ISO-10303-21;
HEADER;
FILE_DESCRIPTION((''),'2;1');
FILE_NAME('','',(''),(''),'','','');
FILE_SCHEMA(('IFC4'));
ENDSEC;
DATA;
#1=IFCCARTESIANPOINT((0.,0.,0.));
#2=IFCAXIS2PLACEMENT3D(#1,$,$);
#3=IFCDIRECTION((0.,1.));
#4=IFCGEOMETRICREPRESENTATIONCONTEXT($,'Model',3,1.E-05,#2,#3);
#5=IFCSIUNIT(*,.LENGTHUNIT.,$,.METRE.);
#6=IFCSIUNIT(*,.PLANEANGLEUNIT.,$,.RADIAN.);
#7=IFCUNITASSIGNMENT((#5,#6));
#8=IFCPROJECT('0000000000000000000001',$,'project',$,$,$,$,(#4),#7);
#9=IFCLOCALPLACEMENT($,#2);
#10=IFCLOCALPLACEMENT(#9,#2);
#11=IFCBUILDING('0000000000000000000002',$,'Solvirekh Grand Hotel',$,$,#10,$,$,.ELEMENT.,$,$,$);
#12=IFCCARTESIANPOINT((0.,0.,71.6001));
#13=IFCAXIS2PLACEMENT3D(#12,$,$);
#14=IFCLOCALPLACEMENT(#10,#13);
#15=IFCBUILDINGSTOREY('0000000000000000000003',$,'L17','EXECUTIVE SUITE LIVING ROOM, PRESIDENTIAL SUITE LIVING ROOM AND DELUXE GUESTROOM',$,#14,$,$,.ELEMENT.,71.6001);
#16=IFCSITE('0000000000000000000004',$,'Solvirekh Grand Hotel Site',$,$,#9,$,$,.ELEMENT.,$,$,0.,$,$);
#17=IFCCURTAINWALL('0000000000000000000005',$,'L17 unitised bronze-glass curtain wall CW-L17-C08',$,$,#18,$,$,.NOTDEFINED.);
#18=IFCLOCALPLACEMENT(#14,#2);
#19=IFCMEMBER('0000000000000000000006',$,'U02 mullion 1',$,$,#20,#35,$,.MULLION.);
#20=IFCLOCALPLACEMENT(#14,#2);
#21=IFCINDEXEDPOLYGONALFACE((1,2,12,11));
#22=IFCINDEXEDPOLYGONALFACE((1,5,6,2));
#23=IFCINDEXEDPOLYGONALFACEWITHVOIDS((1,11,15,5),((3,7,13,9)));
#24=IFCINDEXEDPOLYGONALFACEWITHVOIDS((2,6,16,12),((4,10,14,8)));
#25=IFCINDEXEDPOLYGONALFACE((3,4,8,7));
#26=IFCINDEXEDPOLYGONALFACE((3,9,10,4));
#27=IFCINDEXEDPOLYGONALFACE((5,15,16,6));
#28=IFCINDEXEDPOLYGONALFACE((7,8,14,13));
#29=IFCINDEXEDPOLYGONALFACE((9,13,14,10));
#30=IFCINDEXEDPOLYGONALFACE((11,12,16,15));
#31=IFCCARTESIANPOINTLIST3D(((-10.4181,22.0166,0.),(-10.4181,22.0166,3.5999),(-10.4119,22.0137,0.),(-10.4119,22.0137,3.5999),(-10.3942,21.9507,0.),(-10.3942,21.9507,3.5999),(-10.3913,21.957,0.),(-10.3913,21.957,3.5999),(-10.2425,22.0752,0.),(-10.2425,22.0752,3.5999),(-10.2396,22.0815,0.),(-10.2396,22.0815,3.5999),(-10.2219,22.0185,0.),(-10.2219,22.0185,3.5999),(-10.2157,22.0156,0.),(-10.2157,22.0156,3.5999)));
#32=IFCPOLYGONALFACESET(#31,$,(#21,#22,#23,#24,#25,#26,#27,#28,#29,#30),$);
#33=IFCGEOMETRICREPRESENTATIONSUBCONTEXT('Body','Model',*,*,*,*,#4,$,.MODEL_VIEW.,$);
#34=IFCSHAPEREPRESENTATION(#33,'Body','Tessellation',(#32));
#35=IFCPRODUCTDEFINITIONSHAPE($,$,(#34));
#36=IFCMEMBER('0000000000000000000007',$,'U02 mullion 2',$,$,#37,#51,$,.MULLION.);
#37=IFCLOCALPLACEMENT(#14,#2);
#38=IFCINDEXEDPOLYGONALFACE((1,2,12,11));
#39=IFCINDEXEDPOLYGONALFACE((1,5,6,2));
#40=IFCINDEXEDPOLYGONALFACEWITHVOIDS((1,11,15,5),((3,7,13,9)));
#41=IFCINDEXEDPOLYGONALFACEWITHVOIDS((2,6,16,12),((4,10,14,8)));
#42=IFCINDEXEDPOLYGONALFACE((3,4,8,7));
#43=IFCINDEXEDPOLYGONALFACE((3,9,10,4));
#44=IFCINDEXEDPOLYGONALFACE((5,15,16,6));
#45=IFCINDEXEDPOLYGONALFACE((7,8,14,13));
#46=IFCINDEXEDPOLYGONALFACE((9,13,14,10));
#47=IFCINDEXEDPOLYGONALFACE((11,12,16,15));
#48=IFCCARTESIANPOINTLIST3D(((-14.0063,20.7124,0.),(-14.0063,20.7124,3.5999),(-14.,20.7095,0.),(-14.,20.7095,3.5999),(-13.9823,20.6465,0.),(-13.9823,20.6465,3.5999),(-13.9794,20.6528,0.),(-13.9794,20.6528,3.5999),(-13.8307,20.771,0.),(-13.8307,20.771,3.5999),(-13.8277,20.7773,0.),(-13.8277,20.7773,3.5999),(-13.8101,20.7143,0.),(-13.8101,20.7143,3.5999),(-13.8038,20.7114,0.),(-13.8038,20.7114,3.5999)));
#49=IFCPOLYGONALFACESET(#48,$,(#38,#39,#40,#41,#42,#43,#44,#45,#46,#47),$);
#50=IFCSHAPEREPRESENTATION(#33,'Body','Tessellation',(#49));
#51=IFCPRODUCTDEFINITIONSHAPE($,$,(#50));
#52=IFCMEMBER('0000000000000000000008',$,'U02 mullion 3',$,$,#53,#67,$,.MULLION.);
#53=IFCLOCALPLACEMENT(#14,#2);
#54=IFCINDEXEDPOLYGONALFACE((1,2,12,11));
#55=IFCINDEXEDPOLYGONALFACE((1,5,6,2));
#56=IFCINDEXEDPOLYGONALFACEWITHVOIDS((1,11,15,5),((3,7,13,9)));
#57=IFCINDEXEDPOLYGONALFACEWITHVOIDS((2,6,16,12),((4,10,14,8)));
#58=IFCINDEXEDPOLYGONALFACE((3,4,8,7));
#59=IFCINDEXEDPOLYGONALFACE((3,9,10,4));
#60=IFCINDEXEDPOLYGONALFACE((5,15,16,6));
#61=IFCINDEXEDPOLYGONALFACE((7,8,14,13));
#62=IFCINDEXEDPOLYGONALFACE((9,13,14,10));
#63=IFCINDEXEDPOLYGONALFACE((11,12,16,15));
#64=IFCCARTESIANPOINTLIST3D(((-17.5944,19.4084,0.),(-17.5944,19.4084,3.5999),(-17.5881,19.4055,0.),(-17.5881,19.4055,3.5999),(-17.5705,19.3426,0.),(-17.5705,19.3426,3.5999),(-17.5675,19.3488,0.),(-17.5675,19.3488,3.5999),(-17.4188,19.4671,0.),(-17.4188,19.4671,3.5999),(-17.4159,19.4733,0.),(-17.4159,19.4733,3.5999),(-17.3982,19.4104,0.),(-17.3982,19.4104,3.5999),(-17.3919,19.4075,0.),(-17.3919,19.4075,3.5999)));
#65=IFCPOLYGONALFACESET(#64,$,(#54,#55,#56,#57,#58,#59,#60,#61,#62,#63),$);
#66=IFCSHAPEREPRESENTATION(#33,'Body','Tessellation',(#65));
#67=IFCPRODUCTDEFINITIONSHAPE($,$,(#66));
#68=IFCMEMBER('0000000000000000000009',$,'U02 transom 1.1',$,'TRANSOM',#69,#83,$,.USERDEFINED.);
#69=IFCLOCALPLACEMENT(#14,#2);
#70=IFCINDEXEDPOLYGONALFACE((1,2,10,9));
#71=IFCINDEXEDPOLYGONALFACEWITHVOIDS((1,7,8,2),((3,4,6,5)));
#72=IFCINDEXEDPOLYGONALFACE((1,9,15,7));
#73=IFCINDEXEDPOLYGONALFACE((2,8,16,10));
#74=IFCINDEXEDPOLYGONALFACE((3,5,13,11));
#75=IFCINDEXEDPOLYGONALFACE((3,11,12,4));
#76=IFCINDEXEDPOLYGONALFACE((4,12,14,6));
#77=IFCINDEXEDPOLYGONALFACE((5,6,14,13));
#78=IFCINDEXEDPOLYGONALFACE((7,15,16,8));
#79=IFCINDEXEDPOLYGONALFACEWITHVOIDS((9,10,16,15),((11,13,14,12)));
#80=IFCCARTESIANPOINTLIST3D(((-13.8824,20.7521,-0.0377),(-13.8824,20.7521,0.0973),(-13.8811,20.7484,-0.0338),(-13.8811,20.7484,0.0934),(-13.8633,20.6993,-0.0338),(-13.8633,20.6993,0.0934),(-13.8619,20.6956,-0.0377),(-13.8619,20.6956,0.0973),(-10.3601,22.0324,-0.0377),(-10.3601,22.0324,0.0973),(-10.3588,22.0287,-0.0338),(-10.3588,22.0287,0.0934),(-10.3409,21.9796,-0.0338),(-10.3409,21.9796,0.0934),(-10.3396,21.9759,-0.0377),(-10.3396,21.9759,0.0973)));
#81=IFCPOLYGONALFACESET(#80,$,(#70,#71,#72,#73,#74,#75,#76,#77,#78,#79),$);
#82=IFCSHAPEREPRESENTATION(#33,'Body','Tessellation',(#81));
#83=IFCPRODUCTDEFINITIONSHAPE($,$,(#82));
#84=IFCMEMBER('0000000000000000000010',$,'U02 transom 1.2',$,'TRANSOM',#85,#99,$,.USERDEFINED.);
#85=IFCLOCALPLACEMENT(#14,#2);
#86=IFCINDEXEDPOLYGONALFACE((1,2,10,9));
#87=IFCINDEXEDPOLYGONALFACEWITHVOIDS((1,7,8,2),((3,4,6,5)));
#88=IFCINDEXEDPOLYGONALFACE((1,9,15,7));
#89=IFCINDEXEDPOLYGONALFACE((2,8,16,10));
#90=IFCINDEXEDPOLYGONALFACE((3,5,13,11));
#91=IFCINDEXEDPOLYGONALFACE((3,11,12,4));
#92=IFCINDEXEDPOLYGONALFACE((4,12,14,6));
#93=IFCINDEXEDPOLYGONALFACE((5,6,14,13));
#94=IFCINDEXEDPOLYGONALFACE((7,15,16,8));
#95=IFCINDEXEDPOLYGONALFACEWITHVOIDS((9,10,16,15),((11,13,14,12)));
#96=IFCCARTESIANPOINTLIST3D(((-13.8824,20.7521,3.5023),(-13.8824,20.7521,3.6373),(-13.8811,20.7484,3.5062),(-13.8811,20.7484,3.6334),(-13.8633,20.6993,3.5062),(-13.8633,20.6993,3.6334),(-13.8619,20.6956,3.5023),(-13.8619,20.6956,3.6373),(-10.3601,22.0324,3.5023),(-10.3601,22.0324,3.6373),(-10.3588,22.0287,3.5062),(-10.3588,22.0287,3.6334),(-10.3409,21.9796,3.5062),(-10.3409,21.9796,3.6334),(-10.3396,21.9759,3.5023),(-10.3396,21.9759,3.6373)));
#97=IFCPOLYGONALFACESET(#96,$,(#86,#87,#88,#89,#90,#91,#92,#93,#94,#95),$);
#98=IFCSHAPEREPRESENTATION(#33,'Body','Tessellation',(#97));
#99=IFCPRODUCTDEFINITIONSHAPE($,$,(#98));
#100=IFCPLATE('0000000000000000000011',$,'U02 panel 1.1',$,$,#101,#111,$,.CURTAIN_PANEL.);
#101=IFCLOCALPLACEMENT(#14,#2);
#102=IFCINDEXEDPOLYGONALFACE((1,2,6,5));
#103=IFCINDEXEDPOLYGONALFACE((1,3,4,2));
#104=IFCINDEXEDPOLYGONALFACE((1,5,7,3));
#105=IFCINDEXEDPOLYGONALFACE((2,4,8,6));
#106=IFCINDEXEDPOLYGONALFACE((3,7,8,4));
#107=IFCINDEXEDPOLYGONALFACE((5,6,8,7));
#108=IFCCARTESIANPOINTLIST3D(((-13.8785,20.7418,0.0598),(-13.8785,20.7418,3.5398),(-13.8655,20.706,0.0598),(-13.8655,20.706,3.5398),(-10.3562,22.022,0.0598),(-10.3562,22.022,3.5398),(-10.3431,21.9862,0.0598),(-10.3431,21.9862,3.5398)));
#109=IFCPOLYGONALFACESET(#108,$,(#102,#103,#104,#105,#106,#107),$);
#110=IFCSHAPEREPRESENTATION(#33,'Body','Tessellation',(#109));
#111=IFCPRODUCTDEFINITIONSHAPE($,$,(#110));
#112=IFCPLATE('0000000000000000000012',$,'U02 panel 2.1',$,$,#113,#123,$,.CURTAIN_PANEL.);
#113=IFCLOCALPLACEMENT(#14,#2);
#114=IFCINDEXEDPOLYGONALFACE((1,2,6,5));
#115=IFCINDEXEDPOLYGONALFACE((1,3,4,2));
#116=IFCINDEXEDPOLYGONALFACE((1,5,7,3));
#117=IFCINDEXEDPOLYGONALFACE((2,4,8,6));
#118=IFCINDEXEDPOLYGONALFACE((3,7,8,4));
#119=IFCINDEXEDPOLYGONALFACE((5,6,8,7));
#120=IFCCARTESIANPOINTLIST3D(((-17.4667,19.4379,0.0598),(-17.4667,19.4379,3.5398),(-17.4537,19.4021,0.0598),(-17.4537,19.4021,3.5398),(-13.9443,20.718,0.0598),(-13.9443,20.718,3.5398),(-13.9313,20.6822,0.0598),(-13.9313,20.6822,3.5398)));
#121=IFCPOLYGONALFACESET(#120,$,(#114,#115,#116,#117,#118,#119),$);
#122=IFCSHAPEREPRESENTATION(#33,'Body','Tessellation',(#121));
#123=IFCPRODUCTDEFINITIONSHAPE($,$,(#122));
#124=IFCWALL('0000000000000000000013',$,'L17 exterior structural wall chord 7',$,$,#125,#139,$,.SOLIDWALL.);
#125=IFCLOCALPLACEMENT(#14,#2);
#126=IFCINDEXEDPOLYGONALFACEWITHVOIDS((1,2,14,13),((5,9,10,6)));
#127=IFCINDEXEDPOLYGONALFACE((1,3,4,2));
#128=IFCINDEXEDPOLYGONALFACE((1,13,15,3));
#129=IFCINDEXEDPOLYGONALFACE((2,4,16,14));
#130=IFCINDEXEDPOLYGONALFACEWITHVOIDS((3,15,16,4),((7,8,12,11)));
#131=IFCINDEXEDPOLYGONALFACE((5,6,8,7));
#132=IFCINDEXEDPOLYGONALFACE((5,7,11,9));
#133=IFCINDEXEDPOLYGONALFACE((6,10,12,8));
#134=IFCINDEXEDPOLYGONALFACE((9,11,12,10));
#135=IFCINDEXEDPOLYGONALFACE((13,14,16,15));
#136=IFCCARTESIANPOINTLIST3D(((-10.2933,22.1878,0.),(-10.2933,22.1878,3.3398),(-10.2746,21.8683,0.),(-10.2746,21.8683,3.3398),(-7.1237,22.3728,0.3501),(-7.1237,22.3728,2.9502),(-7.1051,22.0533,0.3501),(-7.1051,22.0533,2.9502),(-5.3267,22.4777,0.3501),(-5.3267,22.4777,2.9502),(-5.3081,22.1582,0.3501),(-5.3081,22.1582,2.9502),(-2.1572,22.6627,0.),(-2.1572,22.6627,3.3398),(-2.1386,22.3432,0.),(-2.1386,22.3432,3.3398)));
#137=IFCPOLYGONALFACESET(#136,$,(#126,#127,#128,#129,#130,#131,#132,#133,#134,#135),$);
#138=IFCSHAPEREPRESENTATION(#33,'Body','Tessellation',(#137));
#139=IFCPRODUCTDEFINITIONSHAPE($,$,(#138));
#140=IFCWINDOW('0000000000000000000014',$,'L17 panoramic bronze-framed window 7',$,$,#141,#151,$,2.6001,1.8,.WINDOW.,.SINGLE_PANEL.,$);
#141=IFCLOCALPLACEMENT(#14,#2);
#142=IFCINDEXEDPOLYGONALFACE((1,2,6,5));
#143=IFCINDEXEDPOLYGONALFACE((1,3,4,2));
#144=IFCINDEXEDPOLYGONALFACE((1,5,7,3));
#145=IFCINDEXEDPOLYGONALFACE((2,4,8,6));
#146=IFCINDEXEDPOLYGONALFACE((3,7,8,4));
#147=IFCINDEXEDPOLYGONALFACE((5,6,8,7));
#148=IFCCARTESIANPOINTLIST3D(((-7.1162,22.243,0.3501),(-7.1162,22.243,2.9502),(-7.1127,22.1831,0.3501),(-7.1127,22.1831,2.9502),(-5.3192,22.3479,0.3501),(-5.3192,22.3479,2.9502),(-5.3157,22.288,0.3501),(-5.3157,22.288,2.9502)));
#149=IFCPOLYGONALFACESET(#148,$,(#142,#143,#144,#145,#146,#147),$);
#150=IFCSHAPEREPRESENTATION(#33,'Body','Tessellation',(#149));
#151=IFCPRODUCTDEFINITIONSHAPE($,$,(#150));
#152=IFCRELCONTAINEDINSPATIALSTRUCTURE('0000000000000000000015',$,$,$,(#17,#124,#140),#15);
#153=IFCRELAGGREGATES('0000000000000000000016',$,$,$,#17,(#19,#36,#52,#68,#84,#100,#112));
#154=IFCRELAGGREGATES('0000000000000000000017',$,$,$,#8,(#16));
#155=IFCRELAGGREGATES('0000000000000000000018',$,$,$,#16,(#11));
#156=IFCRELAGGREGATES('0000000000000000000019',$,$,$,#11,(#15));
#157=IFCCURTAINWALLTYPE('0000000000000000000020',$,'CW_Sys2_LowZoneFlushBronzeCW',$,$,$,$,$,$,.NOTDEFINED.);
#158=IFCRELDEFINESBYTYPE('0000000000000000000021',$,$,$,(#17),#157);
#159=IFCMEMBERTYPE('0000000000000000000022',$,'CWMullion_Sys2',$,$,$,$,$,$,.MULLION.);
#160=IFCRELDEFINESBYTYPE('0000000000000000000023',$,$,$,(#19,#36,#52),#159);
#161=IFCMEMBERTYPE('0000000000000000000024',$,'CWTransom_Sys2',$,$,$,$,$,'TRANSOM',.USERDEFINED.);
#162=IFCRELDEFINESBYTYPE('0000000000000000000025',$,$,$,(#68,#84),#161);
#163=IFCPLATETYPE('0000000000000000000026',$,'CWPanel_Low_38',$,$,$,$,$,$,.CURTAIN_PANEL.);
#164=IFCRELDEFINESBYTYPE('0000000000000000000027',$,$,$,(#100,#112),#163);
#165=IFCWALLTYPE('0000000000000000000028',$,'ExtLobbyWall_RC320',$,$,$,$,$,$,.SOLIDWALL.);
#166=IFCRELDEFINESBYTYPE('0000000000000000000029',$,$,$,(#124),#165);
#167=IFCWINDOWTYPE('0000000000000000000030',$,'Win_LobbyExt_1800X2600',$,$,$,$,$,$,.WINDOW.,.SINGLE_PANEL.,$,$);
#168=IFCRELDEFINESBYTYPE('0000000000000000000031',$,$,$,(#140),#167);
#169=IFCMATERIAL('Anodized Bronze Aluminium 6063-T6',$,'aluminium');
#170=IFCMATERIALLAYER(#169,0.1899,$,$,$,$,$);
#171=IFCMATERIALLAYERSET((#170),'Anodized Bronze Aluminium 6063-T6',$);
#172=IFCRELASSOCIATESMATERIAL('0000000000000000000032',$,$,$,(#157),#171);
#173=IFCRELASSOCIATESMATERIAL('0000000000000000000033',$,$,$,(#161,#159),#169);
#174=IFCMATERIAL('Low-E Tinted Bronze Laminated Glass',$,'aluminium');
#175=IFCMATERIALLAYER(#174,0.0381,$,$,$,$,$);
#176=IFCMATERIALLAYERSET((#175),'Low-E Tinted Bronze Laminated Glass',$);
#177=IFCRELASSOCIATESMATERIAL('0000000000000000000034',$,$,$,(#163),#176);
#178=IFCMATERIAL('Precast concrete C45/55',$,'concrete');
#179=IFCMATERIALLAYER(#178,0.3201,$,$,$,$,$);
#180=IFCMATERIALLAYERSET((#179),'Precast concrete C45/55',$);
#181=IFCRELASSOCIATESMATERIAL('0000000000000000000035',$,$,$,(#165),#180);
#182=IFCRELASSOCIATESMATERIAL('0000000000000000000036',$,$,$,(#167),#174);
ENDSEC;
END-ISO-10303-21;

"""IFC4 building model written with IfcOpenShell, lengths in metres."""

from ifc_helpers import new_model, si_unit, direction, frame, frame_2d, origin, origin_2d, place, context, subcontext, project, spatial, rectangle, hollow_rectangle, extrude, source, transform, mapped, material, layer, layer_set, material_profile, profile_set, type_object, element, fill, aggregate, save


model = new_model("IFC4")

# Units and contexts
model_context = context("Model", 3, precision=1e-05, world=origin(), true_north=direction((0.0, 1.0)))
body_context = subcontext(model_context, "Body", "Model", "MODEL_VIEW")
ifc_project = project(units=[si_unit("LENGTHUNIT", "METRE"), si_unit("PLANEANGLEUNIT", "RADIAN")], contexts=[model_context])

# Site, building, storey
site_placement = place(None, origin())
site = spatial("IfcSite", under=ifc_project, at=site_placement, Name="Solvirekh Grand Hotel Site", CompositionType="ELEMENT", RefElevation=0.0)
building_placement = place(site_placement, origin())
building = spatial("IfcBuilding", under=site, at=building_placement, Name="Solvirekh Grand Hotel", CompositionType="ELEMENT")
storey_placement = place(building_placement, frame((0.0, 0.0, 71.6001)))
storey = spatial("IfcBuildingStorey", under=building, at=storey_placement, Name="L17", Description="EXECUTIVE SUITE LIVING ROOM, PRESIDENTIAL SUITE LIVING ROOM AND DELUXE GUESTROOM", CompositionType="ELEMENT", Elevation=71.6001)

# Curtain wall, members, plates
ifc_material_1 = material(Name="Anodized Bronze Aluminium 6063-T6", Category="aluminium")
ifc_layer_1 = layer(ifc_material_1, 0.1899)
ifc_layer_set_1 = layer_set([ifc_layer_1], Name="Anodized Bronze Aluminium 6063-T6")
curtain_wall_type = type_object("IfcCurtainWallType", Name="CW_Sys2_LowZoneFlushBronzeCW", PredefinedType="NOTDEFINED", material=ifc_layer_set_1)
curtain_wall_placement = place(storey_placement, origin())
curtain_wall = element("IfcCurtainWall", 1, at=curtain_wall_placement, inside=storey, type_object=curtain_wall_type, Name="L17 unitised bronze-glass curtain wall CW-L17-C08", PredefinedType="NOTDEFINED")
ifc_material_profile_1 = material_profile(ifc_material_1, hollow_rectangle(XDim=0.0601, YDim=0.135, WallThickness=0.0039, at=origin_2d()), Name="ALU RHS 135X60X4")
ifc_profile_set_1 = profile_set([ifc_material_profile_1], Name="Anodized Bronze Aluminium 6063-T6")
member_type_1 = type_object("IfcMemberType", Name="CWTransom_Sys2", ElementType="TRANSOM", PredefinedType="USERDEFINED", material=ifc_profile_set_1)
ifc_material_profile_2 = material_profile(ifc_material_1, hollow_rectangle(XDim=0.0701, YDim=0.1899, WallThickness=0.0049, at=origin_2d()), Name="ALU RHS 190X70X5")
ifc_profile_set_2 = profile_set([ifc_material_profile_2], Name="Anodized Bronze Aluminium 6063-T6")
member_type_2 = type_object("IfcMemberType", Name="CWMullion_Sys2", PredefinedType="MULLION", material=ifc_profile_set_2)
shared_shape_1 = source(origin(), body_context, "Body", "SweptSolid", [
    extrude(hollow_rectangle(XDim=0.0701, YDim=0.1899, WallThickness=0.0049, at=origin_2d()), origin(), (0.0, 0.0, 1.0), 3.5999),
])
member_1_placement = place(storey_placement, frame((-10.3169, 22.0161, 0.0), z_axis=(0.0, 0.0, 1.0), x_axis=(0.341576, -0.939854, 0.0)))
member_1 = element("IfcMember", 2, at=member_1_placement, type_object=member_type_2, Name="U02 mullion 1", PredefinedType="MULLION", context=body_context, shape_type="MappedRepresentation", body=[
    mapped(shared_shape_1, transform((0.0, 0.0, 0.0), x_axis=(1.0, 0.0, 0.0), y_axis=(0.0, 1.0, 0.0), z_axis=(0.0, 0.0, 1.0), scale=1.0)),
])
member_2_placement = place(storey_placement, frame((-13.905, 20.7119, 0.0), z_axis=(0.0, 0.0, 1.0), x_axis=(0.341576, -0.939854, 0.0)))
member_2 = element("IfcMember", 3, at=member_2_placement, type_object=member_type_2, Name="U02 mullion 2", PredefinedType="MULLION", context=body_context, shape_type="MappedRepresentation", body=[
    mapped(shared_shape_1, transform((0.0, 0.0, 0.0), x_axis=(1.0, 0.0, 0.0), y_axis=(0.0, 1.0, 0.0), z_axis=(0.0, 0.0, 1.0), scale=1.0)),
])
member_3_placement = place(storey_placement, frame((-17.4932, 19.408, 0.0), z_axis=(0.0, 0.0, 1.0), x_axis=(0.341576, -0.939854, 0.0)))
member_3 = element("IfcMember", 4, at=member_3_placement, type_object=member_type_2, Name="U02 mullion 3", PredefinedType="MULLION", context=body_context, shape_type="MappedRepresentation", body=[
    mapped(shared_shape_1, transform((0.0, 0.0, 0.0), x_axis=(1.0, 0.0, 0.0), y_axis=(0.0, 1.0, 0.0), z_axis=(0.0, 0.0, 1.0), scale=1.0)),
])
shared_shape_2 = source(origin(), body_context, "Body", "SweptSolid", [
    extrude(hollow_rectangle(XDim=0.0601, YDim=0.135, WallThickness=0.0039, at=origin_2d()), origin(), (0.0, 0.0, 1.0), 3.7478),
])
member_4_placement = place(storey_placement, frame((-10.3499, 22.0042, 0.0298), z_axis=(-0.939839, -0.341618, 0.0), x_axis=(0.341618, -0.939839, 0.0)))
member_4 = element("IfcMember", 5, at=member_4_placement, type_object=member_type_1, Name="U02 transom 1.1", ObjectType="TRANSOM", PredefinedType="USERDEFINED", context=body_context, shape_type="MappedRepresentation", body=[
    mapped(shared_shape_2, transform((0.0, 0.0, 0.0), x_axis=(1.0, 0.0, 0.0), y_axis=(0.0, 1.0, 0.0), z_axis=(0.0, 0.0, 1.0), scale=1.0)),
])
member_5_placement = place(storey_placement, frame((-10.3499, 22.0042, 3.5698), z_axis=(-0.939839, -0.341618, 0.0), x_axis=(0.341618, -0.939839, 0.0)))
member_5 = element("IfcMember", 6, at=member_5_placement, type_object=member_type_1, Name="U02 transom 1.2", ObjectType="TRANSOM", PredefinedType="USERDEFINED", context=body_context, shape_type="MappedRepresentation", body=[
    mapped(shared_shape_2, transform((0.0, 0.0, 0.0), x_axis=(1.0, 0.0, 0.0), y_axis=(0.0, 1.0, 0.0), z_axis=(0.0, 0.0, 1.0), scale=1.0)),
])
ifc_material_2 = material(Name="Low-E Tinted Bronze Laminated Glass", Category="aluminium")
ifc_layer_2 = layer(ifc_material_2, 0.0381)
ifc_layer_set_2 = layer_set([ifc_layer_2], Name="Low-E Tinted Bronze Laminated Glass")
plate_type = type_object("IfcPlateType", Name="CWPanel_Low_38", PredefinedType="CURTAIN_PANEL", material=ifc_layer_set_2)
shared_shape_3 = source(origin(), body_context, "Body", "SweptSolid", [
    extrude(rectangle(XDim=3.7478, YDim=0.0381, at=origin_2d()), origin(), (0.0, 0.0, 1.0), 3.48),
])
plate_1_placement = place(storey_placement, frame((-12.1108, 21.364, 0.0598), z_axis=(0.0, 0.0, 1.0), x_axis=(-0.939854, -0.341576, 0.0)))
plate_1 = element("IfcPlate", 7, at=plate_1_placement, type_object=plate_type, Name="U02 panel 1.1", PredefinedType="CURTAIN_PANEL", context=body_context, shape_type="MappedRepresentation", body=[
    mapped(shared_shape_3, transform((0.0, 0.0, 0.0), x_axis=(1.0, 0.0, 0.0), y_axis=(0.0, 1.0, 0.0), z_axis=(0.0, 0.0, 1.0), scale=1.0)),
])
plate_2_placement = place(storey_placement, frame((-15.699, 20.0601, 0.0598), z_axis=(0.0, 0.0, 1.0), x_axis=(-0.939854, -0.341576, 0.0)))
plate_2 = element("IfcPlate", 8, at=plate_2_placement, type_object=plate_type, Name="U02 panel 2.1", PredefinedType="CURTAIN_PANEL", context=body_context, shape_type="MappedRepresentation", body=[
    mapped(shared_shape_3, transform((0.0, 0.0, 0.0), x_axis=(1.0, 0.0, 0.0), y_axis=(0.0, 1.0, 0.0), z_axis=(0.0, 0.0, 1.0), scale=1.0)),
])
aggregate(curtain_wall, [member_1, member_2, member_3, member_4, member_5, plate_1, plate_2])

# Wall, opening, window
ifc_material_3 = material(Name="Precast concrete C45/55", Category="concrete")
ifc_layer_3 = layer(ifc_material_3, 0.3201)
ifc_layer_set_3 = layer_set([ifc_layer_3], Name="Precast concrete C45/55")
wall_type_1 = type_object("IfcWallType", Name="ExtLobbyWall_RC320", PredefinedType="SOLIDWALL", material=ifc_layer_set_3)
wall_1_placement = place(storey_placement, frame((-10.2839, 22.0281, 0.0), z_axis=(0.0, 0.0, 1.0), x_axis=(0.998301, 0.058265, 0.0)))
wall_1 = element("IfcWall", 9, at=wall_1_placement, inside=storey, type_object=wall_type_1, Name="L17 exterior structural wall chord 7", PredefinedType="SOLIDWALL", context=body_context, shape_type="SweptSolid", body=[
    extrude(rectangle(XDim=8.1499, YDim=0.3201, at=frame_2d((4.075, 0.0))), origin(), (0.0, 0.0, 1.0), 3.3398),
])
opening_1_placement = place(wall_1_placement, frame((3.175, 0.0, 0.3501)))
opening_1 = element("IfcOpeningElement", 10, at=opening_1_placement, cuts=wall_1, PredefinedType="OPENING", context=body_context, shape_type="SweptSolid", body=[
    extrude(rectangle(XDim=1.8, YDim=2.6001, at=frame_2d((0.8999, 1.3))), frame((0.0, 0.1699, 0.0), z_axis=(0.0, -1.0, 0.0), x_axis=(1.0, 0.0, 0.0)), (0.0, 0.0, 1.0), 0.3401),
])
window_type = type_object("IfcWindowType", Name="Win_LobbyExt_1800X2600", PartitioningType="SINGLE_PANEL", PredefinedType="WINDOW", material=ifc_material_2)
window_1_placement = place(opening_1_placement, origin())
window_1 = element("IfcWindow", 11, at=window_1_placement, inside=storey, type_object=window_type, Name="L17 panoramic bronze-framed window 7", OverallHeight=2.6001, OverallWidth=1.8, PartitioningType="SINGLE_PANEL", PredefinedType="WINDOW", context=body_context, shape_type="SweptSolid", body=[
    extrude(rectangle(XDim=1.8, YDim=2.6001, at=frame_2d((0.8999, 1.3))), frame((0.0, 0.03, 0.0), z_axis=(0.0, -1.0, 0.0), x_axis=(1.0, 0.0, 0.0)), (0.0, 0.0, 1.0), 0.0601),
])
fill(opening_1, window_1)

save(model, "model.ifc")
